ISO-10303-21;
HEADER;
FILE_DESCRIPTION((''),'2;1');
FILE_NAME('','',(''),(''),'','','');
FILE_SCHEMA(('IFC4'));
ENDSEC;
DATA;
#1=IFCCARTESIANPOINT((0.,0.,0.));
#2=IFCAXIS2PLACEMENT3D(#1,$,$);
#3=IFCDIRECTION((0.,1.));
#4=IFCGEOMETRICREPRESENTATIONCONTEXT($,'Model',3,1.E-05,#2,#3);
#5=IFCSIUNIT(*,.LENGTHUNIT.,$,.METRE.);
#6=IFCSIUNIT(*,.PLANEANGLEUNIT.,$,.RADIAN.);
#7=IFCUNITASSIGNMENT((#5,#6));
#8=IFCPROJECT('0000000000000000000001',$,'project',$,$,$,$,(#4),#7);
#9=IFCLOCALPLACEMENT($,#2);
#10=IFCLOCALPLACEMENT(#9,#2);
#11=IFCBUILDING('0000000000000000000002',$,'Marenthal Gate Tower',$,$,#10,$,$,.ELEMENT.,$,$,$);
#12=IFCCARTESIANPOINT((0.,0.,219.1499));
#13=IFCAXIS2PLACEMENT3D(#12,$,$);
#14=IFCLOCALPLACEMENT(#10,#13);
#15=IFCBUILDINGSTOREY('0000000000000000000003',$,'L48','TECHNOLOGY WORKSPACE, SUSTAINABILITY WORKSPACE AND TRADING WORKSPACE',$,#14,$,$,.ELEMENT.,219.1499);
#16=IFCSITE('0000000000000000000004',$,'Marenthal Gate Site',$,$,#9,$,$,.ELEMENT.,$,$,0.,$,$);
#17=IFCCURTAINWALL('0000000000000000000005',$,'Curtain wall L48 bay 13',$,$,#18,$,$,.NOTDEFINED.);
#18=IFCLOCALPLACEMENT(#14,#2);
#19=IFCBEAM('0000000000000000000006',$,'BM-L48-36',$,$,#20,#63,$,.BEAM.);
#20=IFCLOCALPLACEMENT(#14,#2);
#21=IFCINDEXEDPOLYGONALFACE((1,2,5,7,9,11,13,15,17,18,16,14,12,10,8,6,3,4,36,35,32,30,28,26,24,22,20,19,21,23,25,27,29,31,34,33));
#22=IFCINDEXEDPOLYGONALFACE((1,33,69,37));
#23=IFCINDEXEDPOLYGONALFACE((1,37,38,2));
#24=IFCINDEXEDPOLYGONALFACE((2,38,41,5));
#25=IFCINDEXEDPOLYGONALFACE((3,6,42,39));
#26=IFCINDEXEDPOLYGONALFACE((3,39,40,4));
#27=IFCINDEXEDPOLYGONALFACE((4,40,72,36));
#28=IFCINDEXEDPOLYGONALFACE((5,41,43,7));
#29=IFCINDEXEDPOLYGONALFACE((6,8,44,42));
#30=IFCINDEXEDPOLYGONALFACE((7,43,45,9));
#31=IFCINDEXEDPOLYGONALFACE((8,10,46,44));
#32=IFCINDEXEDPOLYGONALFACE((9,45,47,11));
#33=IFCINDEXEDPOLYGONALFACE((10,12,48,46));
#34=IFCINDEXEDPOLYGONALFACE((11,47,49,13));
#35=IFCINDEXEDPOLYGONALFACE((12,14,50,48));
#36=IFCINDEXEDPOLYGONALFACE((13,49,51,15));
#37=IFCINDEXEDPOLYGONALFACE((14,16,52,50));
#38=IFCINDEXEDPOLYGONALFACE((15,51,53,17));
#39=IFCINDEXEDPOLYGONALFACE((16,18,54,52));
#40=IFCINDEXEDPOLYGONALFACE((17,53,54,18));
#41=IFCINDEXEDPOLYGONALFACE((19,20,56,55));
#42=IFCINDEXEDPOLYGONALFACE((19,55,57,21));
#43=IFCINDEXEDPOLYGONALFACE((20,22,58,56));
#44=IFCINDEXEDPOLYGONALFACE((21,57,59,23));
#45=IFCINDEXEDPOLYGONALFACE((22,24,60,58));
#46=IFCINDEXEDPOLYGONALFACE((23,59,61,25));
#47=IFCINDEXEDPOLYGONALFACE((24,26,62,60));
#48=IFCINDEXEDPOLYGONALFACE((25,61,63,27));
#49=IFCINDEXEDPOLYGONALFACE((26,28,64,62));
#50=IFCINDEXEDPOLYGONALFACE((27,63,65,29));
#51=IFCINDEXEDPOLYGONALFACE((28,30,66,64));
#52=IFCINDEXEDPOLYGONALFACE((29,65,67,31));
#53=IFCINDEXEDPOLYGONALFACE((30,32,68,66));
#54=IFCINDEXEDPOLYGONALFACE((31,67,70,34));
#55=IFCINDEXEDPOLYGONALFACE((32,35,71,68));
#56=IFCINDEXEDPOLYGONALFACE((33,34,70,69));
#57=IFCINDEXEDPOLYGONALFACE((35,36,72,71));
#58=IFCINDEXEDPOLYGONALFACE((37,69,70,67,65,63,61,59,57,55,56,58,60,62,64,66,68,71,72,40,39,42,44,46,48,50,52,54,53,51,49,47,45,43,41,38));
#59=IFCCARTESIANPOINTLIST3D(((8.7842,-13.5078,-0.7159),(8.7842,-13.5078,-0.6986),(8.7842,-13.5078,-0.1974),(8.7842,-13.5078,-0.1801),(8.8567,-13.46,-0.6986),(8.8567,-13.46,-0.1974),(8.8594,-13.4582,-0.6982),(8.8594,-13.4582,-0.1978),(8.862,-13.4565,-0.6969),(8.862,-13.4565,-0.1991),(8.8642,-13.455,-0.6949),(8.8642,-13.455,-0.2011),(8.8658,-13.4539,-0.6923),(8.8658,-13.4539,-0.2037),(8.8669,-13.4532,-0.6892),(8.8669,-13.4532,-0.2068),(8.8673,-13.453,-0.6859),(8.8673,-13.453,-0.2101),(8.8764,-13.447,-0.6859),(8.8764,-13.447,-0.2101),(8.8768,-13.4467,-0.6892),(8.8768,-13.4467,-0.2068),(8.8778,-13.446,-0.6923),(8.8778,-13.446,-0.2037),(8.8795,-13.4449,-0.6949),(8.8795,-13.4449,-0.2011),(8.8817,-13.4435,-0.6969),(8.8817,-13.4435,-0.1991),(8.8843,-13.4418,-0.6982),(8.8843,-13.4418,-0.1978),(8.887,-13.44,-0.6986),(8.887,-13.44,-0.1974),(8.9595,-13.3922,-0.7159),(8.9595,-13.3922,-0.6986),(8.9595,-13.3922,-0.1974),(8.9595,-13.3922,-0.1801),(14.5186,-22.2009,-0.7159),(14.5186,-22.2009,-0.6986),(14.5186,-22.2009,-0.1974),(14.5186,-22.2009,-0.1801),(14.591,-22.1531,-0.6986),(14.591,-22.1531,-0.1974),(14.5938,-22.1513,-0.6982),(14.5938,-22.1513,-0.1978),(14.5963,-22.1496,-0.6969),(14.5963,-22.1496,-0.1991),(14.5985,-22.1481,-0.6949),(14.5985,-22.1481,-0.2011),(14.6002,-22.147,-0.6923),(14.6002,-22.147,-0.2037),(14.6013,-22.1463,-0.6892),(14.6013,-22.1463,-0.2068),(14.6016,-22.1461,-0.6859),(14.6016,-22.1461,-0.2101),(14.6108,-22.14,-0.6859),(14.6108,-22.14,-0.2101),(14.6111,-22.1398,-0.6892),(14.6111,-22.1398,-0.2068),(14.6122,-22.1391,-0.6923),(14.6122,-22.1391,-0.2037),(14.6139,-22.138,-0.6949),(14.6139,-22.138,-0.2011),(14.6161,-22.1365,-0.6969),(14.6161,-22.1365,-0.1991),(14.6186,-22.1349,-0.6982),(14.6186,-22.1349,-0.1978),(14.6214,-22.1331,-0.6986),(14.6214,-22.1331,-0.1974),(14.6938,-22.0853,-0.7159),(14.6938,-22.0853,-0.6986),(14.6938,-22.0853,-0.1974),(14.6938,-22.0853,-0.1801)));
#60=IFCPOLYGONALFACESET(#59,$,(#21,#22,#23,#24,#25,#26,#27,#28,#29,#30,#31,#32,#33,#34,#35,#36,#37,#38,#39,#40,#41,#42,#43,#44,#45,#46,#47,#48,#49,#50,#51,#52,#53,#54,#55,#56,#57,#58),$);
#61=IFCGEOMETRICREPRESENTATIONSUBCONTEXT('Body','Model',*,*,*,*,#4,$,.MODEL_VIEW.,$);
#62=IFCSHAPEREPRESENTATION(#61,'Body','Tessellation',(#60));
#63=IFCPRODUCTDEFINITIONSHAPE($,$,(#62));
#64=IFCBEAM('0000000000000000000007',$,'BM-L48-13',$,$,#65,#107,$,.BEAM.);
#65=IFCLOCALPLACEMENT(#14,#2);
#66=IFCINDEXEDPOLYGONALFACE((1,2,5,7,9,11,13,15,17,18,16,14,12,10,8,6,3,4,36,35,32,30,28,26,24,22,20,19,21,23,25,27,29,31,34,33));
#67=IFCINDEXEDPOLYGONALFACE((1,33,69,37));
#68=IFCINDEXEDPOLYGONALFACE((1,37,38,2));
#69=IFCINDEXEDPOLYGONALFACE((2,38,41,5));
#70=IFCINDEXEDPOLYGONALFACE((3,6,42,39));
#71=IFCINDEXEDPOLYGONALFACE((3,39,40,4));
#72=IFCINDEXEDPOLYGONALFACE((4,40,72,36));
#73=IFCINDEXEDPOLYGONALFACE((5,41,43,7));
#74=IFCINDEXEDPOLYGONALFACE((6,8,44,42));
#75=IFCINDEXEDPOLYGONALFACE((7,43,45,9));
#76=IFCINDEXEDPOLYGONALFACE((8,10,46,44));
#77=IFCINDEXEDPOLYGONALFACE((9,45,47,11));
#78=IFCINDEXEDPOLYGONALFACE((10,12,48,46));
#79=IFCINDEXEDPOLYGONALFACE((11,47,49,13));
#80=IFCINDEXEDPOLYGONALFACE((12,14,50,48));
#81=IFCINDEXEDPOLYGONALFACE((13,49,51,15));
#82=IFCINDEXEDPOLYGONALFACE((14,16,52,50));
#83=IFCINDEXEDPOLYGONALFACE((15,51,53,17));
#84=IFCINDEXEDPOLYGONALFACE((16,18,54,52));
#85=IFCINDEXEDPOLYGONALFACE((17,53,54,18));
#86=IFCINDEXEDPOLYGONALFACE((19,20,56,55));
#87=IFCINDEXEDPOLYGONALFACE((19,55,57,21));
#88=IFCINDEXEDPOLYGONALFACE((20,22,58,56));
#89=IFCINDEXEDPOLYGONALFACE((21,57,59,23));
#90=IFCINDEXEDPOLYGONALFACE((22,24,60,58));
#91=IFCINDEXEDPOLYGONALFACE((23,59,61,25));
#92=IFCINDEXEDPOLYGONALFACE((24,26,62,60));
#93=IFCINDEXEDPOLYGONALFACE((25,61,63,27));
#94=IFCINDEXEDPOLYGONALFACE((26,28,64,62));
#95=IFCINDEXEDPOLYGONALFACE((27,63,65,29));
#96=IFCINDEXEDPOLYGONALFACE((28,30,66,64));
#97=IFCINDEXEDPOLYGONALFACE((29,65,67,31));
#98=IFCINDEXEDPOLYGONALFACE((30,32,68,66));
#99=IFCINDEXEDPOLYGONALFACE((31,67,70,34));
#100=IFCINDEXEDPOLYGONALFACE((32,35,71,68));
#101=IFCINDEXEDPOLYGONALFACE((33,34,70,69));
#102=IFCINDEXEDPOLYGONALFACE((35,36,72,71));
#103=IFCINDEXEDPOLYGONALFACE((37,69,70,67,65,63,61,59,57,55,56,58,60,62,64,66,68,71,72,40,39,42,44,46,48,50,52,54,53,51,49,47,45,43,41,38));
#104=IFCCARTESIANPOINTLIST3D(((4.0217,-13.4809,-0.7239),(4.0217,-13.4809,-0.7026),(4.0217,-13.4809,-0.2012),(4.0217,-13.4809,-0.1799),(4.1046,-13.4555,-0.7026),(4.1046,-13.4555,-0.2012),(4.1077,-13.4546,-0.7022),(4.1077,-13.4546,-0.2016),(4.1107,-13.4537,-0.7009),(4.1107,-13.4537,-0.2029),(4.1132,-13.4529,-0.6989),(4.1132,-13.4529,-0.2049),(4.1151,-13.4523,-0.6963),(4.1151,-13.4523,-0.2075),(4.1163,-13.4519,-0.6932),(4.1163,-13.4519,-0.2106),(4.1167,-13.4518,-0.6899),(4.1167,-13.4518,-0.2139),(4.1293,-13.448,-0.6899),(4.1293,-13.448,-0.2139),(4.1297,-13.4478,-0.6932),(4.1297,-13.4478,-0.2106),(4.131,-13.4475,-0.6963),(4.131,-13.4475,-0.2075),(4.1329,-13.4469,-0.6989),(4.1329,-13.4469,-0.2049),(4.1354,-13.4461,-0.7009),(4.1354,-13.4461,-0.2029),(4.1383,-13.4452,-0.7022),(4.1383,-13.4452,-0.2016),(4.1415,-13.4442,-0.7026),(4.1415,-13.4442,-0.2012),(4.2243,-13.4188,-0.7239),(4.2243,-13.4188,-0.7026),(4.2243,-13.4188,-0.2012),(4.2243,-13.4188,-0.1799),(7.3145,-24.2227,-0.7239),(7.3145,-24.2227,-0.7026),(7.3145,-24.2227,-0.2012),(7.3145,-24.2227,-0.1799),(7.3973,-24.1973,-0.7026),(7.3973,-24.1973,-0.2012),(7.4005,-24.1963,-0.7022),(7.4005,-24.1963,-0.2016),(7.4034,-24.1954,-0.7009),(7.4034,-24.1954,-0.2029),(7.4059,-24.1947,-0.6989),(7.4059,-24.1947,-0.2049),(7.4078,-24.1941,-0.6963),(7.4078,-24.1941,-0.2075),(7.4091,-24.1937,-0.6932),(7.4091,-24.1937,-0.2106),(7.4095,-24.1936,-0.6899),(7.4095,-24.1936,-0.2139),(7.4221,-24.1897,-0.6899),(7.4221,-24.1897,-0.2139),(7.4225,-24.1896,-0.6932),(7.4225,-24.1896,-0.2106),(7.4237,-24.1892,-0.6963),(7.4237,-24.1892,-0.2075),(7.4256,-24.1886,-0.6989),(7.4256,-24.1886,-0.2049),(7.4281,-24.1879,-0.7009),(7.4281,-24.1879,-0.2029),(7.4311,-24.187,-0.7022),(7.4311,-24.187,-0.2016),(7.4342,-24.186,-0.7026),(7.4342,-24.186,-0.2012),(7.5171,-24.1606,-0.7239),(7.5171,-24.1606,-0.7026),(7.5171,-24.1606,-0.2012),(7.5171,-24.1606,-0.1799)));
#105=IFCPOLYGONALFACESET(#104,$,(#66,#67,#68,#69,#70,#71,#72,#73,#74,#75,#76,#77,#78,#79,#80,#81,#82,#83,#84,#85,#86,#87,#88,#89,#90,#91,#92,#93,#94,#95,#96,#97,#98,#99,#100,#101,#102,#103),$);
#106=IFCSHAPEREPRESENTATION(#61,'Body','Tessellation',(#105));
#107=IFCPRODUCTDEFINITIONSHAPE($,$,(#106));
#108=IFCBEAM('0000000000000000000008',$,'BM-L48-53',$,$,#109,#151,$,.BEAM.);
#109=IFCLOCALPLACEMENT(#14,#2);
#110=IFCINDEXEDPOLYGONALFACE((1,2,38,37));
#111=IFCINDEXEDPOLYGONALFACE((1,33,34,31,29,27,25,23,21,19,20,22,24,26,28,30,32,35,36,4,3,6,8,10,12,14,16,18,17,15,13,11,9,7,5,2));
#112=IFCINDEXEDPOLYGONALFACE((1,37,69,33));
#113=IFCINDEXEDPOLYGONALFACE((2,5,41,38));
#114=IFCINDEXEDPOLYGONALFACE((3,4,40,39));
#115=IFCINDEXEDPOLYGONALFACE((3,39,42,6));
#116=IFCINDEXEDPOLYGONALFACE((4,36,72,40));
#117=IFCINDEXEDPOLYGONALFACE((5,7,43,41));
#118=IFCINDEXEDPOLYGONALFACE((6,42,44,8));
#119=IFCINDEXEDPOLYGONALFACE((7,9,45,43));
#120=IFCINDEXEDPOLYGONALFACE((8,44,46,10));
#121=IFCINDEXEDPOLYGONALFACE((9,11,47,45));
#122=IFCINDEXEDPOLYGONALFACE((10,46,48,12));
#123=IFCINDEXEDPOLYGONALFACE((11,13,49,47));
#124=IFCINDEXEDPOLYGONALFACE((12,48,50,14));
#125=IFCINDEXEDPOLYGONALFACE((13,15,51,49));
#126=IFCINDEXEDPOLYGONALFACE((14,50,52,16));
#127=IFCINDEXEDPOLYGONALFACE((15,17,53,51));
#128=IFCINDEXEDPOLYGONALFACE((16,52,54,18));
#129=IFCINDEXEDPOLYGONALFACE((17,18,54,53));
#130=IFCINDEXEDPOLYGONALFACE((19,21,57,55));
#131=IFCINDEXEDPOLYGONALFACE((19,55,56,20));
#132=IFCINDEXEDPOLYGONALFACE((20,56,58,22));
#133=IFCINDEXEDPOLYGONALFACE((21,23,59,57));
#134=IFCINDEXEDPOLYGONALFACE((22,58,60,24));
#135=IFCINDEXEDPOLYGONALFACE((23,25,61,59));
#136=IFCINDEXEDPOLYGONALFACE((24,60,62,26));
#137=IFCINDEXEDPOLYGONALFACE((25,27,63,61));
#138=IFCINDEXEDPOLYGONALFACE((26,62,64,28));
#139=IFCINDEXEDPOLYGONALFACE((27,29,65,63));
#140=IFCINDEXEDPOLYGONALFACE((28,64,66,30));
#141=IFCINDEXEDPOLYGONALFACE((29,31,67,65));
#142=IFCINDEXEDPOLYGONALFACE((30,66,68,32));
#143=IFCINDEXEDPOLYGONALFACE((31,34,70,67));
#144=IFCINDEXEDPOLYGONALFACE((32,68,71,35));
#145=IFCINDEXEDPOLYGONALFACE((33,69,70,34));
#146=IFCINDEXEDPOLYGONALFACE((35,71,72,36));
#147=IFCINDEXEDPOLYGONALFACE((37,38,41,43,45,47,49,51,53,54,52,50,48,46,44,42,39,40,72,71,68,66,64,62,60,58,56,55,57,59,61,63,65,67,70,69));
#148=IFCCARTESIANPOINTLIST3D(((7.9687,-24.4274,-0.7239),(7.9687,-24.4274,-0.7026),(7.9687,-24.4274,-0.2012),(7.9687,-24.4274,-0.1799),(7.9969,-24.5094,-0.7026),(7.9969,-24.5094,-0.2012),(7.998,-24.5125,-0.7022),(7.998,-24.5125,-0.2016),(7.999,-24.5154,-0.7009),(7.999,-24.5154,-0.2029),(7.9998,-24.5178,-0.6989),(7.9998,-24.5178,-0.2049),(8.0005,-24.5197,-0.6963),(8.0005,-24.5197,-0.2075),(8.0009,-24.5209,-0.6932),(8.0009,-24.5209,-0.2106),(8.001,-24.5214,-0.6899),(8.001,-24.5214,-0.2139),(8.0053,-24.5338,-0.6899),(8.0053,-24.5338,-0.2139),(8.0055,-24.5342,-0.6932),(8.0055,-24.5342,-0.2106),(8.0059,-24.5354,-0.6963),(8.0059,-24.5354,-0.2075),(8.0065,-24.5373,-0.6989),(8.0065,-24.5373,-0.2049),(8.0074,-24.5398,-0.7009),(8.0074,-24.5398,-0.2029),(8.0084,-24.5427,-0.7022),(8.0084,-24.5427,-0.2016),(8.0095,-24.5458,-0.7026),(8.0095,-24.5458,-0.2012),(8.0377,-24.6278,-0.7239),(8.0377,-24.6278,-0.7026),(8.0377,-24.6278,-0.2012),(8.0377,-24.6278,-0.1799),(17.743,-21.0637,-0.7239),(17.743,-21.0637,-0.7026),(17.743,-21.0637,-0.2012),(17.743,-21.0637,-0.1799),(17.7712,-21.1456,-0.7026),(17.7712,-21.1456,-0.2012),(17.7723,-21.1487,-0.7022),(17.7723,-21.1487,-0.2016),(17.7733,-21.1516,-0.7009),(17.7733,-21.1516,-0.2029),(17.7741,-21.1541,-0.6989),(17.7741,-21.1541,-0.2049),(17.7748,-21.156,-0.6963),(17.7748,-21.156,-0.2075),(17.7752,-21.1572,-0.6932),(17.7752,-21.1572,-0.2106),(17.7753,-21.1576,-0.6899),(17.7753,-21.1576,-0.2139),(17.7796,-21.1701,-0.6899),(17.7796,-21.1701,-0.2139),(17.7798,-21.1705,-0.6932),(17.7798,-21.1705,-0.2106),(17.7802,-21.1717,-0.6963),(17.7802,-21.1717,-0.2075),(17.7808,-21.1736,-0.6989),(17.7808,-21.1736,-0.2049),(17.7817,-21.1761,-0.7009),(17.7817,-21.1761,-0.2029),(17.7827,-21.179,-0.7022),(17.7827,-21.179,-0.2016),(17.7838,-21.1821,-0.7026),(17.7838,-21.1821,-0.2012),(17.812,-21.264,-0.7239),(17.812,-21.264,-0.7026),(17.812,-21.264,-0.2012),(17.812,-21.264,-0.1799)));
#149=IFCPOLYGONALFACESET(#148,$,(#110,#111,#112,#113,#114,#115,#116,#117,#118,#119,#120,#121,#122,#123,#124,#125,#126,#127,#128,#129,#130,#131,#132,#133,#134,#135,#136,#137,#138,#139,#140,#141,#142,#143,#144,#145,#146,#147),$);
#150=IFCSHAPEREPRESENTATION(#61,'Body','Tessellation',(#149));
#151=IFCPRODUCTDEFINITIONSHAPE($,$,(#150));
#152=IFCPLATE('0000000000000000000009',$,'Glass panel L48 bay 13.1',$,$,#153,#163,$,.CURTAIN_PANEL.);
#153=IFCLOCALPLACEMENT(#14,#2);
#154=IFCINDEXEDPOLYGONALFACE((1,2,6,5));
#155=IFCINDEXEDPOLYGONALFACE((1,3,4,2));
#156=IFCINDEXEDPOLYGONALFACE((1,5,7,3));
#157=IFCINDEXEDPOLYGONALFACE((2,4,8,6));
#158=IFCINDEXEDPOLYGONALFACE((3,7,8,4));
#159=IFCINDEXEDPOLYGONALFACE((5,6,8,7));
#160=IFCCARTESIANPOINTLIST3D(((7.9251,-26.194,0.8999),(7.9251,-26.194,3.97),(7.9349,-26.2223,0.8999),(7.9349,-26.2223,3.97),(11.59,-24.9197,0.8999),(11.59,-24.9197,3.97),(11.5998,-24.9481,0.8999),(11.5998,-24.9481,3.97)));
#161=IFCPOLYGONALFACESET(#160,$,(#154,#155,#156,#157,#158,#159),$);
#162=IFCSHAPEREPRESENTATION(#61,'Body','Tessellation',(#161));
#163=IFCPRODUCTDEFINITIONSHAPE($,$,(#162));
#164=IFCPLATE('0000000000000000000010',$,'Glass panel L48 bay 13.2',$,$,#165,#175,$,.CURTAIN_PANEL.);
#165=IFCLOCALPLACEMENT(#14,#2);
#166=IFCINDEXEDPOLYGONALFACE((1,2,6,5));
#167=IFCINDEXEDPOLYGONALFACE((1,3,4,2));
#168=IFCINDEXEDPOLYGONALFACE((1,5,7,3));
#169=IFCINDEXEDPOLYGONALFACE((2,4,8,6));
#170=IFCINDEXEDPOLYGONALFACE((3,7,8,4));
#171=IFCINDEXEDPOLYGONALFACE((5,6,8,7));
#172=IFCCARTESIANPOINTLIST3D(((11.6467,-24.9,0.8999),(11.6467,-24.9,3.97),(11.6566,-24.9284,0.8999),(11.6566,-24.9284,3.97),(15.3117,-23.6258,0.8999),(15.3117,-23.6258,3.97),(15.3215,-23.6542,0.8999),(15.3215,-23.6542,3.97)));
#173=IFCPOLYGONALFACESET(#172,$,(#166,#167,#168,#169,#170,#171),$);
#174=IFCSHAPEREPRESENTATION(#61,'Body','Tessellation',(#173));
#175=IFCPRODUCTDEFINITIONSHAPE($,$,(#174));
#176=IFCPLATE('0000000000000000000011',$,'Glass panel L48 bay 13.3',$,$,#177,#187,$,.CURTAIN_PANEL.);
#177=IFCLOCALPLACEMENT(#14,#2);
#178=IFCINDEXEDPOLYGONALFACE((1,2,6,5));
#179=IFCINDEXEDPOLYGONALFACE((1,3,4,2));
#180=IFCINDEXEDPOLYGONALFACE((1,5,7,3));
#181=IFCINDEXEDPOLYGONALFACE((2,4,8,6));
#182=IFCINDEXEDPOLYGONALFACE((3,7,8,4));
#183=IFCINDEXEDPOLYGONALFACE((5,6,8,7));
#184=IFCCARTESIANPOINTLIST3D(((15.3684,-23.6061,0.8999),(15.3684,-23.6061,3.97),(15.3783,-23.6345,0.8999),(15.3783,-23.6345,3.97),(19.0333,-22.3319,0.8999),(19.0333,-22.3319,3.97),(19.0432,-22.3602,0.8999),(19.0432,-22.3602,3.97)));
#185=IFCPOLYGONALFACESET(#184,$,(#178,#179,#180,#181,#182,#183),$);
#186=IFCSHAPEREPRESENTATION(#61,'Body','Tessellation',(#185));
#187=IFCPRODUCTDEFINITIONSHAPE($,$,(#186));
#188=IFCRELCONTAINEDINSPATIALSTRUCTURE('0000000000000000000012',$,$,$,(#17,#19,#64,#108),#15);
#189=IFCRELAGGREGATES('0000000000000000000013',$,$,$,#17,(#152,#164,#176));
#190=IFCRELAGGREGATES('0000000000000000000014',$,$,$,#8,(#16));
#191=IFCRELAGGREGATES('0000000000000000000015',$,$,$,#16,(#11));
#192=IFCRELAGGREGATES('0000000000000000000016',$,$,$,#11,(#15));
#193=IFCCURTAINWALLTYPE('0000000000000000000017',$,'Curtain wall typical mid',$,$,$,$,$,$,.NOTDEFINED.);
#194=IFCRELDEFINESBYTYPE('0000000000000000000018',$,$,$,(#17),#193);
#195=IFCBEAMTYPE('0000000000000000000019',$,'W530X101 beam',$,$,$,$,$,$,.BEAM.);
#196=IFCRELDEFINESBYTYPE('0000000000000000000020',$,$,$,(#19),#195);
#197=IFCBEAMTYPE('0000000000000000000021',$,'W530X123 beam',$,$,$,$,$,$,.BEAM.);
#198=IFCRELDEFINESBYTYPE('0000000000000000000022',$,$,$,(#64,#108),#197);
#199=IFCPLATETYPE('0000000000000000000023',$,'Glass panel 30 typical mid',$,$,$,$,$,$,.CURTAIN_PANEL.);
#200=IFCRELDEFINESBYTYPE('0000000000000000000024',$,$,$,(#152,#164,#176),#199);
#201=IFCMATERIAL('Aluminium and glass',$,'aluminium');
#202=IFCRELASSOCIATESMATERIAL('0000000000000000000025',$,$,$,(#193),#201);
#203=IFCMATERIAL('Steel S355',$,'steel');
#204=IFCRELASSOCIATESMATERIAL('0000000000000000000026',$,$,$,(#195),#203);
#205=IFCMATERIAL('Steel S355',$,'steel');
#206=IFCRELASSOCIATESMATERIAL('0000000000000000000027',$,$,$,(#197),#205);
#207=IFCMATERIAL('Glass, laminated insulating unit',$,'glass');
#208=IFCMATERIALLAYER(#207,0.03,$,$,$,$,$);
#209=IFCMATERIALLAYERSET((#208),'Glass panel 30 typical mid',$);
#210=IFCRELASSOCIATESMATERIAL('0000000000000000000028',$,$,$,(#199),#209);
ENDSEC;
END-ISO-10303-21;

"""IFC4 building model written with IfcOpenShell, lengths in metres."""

from ifc_helpers import new_model, si_unit, direction, frame, origin, origin_2d, place, context, subcontext, project, spatial, rectangle, i_section, extrude, material, layer, layer_set, material_profile, profile_set, type_object, element, aggregate, save


model = new_model("IFC4")

# Units and contexts
model_context = context("Model", 3, precision=1e-05, world=origin(), true_north=direction((0.0, 1.0)))
body_context = subcontext(model_context, "Body", "Model", "MODEL_VIEW")
ifc_project = project(units=[si_unit("LENGTHUNIT", "METRE"), si_unit("PLANEANGLEUNIT", "RADIAN")], contexts=[model_context])

# Site, building, storey
site_placement = place(None, origin())
site = spatial("IfcSite", under=ifc_project, at=site_placement, Name="Marenthal Gate Site", CompositionType="ELEMENT", RefElevation=0.0)
building_placement = place(site_placement, origin())
building = spatial("IfcBuilding", under=site, at=building_placement, Name="Marenthal Gate Tower", CompositionType="ELEMENT")
storey_placement = place(building_placement, frame((0.0, 0.0, 219.1499)))
storey = spatial("IfcBuildingStorey", under=building, at=storey_placement, Name="L48", Description="TECHNOLOGY WORKSPACE, SUSTAINABILITY WORKSPACE AND TRADING WORKSPACE", CompositionType="ELEMENT", Elevation=219.1499)

# Curtain wall
ifc_material_1 = material(Name="Aluminium and glass", Category="aluminium")
curtain_wall_type = type_object("IfcCurtainWallType", Name="Curtain wall typical mid", PredefinedType="NOTDEFINED", material=ifc_material_1)
curtain_wall_placement = place(storey_placement, origin())
curtain_wall = element("IfcCurtainWall", 1, at=curtain_wall_placement, inside=storey, type_object=curtain_wall_type, Name="Curtain wall L48 bay 13", PredefinedType="NOTDEFINED")

# Beams
ifc_material_2 = material(Name="Steel S355", Category="steel")
ifc_material_profile_1 = material_profile(ifc_material_2, i_section(OverallWidth=0.21, OverallDepth=0.5359, WebThickness=0.011, FlangeThickness=0.0173, FilletRadius=0.0127, at=origin_2d()), Name="W530X101")
ifc_profile_set_1 = profile_set([ifc_material_profile_1], Name="Steel S355")
beam_type_1 = type_object("IfcBeamType", Name="W530X101 beam", PredefinedType="BEAM", material=ifc_profile_set_1)
beam_1_placement = place(storey_placement, frame((14.6062, -22.1431, -0.448), z_axis=(-0.550636, 0.834745, 0.0), x_axis=(-0.834745, -0.550636, 0.0)))
element("IfcBeam", 2, at=beam_1_placement, inside=storey, type_object=beam_type_1, Name="BM-L48-36", PredefinedType="BEAM", context=body_context, shape_type="SweptSolid", body=[
    extrude(i_section(OverallWidth=0.21, OverallDepth=0.5359, WebThickness=0.011, FlangeThickness=0.0173, FilletRadius=0.0127, at=origin_2d()), origin(), (0.0, 0.0, 1.0), 10.4141),
])
ifc_material_3 = material(Name="Steel S355", Category="steel")
ifc_material_profile_2 = material_profile(ifc_material_3, i_section(OverallWidth=0.2119, OverallDepth=0.5439, WebThickness=0.0132, FlangeThickness=0.0212, FilletRadius=0.0127, at=origin_2d()), Name="W530X123")
ifc_profile_set_2 = profile_set([ifc_material_profile_2], Name="Steel S355")
beam_type_2 = type_object("IfcBeamType", Name="W530X123 beam", PredefinedType="BEAM", material=ifc_profile_set_2)
beam_2_placement = place(storey_placement, frame((7.4158, -24.1917, -0.4519), z_axis=(-0.293076, 0.956089, 0.0), x_axis=(-0.956089, -0.293076, 0.0)))
element("IfcBeam", 3, at=beam_2_placement, inside=storey, type_object=beam_type_2, Name="BM-L48-13", PredefinedType="BEAM", context=body_context, shape_type="SweptSolid", body=[
    extrude(i_section(OverallWidth=0.2119, OverallDepth=0.5439, WebThickness=0.0132, FlangeThickness=0.0212, FilletRadius=0.0127, at=origin_2d()), origin(), (0.0, 0.0, 1.0), 11.2351),
])
beam_3_placement = place(storey_placement, frame((8.0032, -24.5276, -0.4519), z_axis=(0.945573, 0.32541, 0.0), x_axis=(-0.32541, 0.945573, 0.0)))
element("IfcBeam", 4, at=beam_3_placement, inside=storey, type_object=beam_type_2, Name="BM-L48-53", PredefinedType="BEAM", context=body_context, shape_type="SweptSolid", body=[
    extrude(i_section(OverallWidth=0.2119, OverallDepth=0.5439, WebThickness=0.0132, FlangeThickness=0.0212, FilletRadius=0.0127, at=origin_2d()), origin(), (0.0, 0.0, 1.0), 10.3369),
])

# Plates
ifc_material_4 = material(Name="Glass, laminated insulating unit", Category="glass")
ifc_layer = layer(ifc_material_4, 0.03)
ifc_layer_set = layer_set([ifc_layer], Name="Glass panel 30 typical mid")
plate_type = type_object("IfcPlateType", Name="Glass panel 30 typical mid", PredefinedType="CURTAIN_PANEL", material=ifc_layer_set)
plate_1_placement = place(storey_placement, frame((9.7625, -25.571, 0.8999), z_axis=(0.0, 0.0, 1.0), x_axis=(0.944539, 0.3284, 0.0)))
plate_1 = element("IfcPlate", 5, at=plate_1_placement, type_object=plate_type, Name="Glass panel L48 bay 13.1", PredefinedType="CURTAIN_PANEL", context=body_context, shape_type="SweptSolid", body=[
    extrude(rectangle(XDim=3.8801, YDim=0.03, at=origin_2d()), origin(), (0.0, 0.0, 1.0), 3.0701),
])
plate_2_placement = place(storey_placement, frame((13.4841, -24.2771, 0.8999), z_axis=(0.0, 0.0, 1.0), x_axis=(0.944539, 0.3284, 0.0)))
plate_2 = element("IfcPlate", 6, at=plate_2_placement, type_object=plate_type, Name="Glass panel L48 bay 13.2", PredefinedType="CURTAIN_PANEL", context=body_context, shape_type="SweptSolid", body=[
    extrude(rectangle(XDim=3.8801, YDim=0.03, at=origin_2d()), origin(), (0.0, 0.0, 1.0), 3.0701),
])
plate_3_placement = place(storey_placement, frame((17.2058, -22.9832, 0.8999), z_axis=(0.0, 0.0, 1.0), x_axis=(0.944539, 0.3284, 0.0)))
plate_3 = element("IfcPlate", 7, at=plate_3_placement, type_object=plate_type, Name="Glass panel L48 bay 13.3", PredefinedType="CURTAIN_PANEL", context=body_context, shape_type="SweptSolid", body=[
    extrude(rectangle(XDim=3.8801, YDim=0.03, at=origin_2d()), origin(), (0.0, 0.0, 1.0), 3.0701),
])
aggregate(curtain_wall, [plate_1, plate_2, plate_3])

save(model, "model.ifc")
